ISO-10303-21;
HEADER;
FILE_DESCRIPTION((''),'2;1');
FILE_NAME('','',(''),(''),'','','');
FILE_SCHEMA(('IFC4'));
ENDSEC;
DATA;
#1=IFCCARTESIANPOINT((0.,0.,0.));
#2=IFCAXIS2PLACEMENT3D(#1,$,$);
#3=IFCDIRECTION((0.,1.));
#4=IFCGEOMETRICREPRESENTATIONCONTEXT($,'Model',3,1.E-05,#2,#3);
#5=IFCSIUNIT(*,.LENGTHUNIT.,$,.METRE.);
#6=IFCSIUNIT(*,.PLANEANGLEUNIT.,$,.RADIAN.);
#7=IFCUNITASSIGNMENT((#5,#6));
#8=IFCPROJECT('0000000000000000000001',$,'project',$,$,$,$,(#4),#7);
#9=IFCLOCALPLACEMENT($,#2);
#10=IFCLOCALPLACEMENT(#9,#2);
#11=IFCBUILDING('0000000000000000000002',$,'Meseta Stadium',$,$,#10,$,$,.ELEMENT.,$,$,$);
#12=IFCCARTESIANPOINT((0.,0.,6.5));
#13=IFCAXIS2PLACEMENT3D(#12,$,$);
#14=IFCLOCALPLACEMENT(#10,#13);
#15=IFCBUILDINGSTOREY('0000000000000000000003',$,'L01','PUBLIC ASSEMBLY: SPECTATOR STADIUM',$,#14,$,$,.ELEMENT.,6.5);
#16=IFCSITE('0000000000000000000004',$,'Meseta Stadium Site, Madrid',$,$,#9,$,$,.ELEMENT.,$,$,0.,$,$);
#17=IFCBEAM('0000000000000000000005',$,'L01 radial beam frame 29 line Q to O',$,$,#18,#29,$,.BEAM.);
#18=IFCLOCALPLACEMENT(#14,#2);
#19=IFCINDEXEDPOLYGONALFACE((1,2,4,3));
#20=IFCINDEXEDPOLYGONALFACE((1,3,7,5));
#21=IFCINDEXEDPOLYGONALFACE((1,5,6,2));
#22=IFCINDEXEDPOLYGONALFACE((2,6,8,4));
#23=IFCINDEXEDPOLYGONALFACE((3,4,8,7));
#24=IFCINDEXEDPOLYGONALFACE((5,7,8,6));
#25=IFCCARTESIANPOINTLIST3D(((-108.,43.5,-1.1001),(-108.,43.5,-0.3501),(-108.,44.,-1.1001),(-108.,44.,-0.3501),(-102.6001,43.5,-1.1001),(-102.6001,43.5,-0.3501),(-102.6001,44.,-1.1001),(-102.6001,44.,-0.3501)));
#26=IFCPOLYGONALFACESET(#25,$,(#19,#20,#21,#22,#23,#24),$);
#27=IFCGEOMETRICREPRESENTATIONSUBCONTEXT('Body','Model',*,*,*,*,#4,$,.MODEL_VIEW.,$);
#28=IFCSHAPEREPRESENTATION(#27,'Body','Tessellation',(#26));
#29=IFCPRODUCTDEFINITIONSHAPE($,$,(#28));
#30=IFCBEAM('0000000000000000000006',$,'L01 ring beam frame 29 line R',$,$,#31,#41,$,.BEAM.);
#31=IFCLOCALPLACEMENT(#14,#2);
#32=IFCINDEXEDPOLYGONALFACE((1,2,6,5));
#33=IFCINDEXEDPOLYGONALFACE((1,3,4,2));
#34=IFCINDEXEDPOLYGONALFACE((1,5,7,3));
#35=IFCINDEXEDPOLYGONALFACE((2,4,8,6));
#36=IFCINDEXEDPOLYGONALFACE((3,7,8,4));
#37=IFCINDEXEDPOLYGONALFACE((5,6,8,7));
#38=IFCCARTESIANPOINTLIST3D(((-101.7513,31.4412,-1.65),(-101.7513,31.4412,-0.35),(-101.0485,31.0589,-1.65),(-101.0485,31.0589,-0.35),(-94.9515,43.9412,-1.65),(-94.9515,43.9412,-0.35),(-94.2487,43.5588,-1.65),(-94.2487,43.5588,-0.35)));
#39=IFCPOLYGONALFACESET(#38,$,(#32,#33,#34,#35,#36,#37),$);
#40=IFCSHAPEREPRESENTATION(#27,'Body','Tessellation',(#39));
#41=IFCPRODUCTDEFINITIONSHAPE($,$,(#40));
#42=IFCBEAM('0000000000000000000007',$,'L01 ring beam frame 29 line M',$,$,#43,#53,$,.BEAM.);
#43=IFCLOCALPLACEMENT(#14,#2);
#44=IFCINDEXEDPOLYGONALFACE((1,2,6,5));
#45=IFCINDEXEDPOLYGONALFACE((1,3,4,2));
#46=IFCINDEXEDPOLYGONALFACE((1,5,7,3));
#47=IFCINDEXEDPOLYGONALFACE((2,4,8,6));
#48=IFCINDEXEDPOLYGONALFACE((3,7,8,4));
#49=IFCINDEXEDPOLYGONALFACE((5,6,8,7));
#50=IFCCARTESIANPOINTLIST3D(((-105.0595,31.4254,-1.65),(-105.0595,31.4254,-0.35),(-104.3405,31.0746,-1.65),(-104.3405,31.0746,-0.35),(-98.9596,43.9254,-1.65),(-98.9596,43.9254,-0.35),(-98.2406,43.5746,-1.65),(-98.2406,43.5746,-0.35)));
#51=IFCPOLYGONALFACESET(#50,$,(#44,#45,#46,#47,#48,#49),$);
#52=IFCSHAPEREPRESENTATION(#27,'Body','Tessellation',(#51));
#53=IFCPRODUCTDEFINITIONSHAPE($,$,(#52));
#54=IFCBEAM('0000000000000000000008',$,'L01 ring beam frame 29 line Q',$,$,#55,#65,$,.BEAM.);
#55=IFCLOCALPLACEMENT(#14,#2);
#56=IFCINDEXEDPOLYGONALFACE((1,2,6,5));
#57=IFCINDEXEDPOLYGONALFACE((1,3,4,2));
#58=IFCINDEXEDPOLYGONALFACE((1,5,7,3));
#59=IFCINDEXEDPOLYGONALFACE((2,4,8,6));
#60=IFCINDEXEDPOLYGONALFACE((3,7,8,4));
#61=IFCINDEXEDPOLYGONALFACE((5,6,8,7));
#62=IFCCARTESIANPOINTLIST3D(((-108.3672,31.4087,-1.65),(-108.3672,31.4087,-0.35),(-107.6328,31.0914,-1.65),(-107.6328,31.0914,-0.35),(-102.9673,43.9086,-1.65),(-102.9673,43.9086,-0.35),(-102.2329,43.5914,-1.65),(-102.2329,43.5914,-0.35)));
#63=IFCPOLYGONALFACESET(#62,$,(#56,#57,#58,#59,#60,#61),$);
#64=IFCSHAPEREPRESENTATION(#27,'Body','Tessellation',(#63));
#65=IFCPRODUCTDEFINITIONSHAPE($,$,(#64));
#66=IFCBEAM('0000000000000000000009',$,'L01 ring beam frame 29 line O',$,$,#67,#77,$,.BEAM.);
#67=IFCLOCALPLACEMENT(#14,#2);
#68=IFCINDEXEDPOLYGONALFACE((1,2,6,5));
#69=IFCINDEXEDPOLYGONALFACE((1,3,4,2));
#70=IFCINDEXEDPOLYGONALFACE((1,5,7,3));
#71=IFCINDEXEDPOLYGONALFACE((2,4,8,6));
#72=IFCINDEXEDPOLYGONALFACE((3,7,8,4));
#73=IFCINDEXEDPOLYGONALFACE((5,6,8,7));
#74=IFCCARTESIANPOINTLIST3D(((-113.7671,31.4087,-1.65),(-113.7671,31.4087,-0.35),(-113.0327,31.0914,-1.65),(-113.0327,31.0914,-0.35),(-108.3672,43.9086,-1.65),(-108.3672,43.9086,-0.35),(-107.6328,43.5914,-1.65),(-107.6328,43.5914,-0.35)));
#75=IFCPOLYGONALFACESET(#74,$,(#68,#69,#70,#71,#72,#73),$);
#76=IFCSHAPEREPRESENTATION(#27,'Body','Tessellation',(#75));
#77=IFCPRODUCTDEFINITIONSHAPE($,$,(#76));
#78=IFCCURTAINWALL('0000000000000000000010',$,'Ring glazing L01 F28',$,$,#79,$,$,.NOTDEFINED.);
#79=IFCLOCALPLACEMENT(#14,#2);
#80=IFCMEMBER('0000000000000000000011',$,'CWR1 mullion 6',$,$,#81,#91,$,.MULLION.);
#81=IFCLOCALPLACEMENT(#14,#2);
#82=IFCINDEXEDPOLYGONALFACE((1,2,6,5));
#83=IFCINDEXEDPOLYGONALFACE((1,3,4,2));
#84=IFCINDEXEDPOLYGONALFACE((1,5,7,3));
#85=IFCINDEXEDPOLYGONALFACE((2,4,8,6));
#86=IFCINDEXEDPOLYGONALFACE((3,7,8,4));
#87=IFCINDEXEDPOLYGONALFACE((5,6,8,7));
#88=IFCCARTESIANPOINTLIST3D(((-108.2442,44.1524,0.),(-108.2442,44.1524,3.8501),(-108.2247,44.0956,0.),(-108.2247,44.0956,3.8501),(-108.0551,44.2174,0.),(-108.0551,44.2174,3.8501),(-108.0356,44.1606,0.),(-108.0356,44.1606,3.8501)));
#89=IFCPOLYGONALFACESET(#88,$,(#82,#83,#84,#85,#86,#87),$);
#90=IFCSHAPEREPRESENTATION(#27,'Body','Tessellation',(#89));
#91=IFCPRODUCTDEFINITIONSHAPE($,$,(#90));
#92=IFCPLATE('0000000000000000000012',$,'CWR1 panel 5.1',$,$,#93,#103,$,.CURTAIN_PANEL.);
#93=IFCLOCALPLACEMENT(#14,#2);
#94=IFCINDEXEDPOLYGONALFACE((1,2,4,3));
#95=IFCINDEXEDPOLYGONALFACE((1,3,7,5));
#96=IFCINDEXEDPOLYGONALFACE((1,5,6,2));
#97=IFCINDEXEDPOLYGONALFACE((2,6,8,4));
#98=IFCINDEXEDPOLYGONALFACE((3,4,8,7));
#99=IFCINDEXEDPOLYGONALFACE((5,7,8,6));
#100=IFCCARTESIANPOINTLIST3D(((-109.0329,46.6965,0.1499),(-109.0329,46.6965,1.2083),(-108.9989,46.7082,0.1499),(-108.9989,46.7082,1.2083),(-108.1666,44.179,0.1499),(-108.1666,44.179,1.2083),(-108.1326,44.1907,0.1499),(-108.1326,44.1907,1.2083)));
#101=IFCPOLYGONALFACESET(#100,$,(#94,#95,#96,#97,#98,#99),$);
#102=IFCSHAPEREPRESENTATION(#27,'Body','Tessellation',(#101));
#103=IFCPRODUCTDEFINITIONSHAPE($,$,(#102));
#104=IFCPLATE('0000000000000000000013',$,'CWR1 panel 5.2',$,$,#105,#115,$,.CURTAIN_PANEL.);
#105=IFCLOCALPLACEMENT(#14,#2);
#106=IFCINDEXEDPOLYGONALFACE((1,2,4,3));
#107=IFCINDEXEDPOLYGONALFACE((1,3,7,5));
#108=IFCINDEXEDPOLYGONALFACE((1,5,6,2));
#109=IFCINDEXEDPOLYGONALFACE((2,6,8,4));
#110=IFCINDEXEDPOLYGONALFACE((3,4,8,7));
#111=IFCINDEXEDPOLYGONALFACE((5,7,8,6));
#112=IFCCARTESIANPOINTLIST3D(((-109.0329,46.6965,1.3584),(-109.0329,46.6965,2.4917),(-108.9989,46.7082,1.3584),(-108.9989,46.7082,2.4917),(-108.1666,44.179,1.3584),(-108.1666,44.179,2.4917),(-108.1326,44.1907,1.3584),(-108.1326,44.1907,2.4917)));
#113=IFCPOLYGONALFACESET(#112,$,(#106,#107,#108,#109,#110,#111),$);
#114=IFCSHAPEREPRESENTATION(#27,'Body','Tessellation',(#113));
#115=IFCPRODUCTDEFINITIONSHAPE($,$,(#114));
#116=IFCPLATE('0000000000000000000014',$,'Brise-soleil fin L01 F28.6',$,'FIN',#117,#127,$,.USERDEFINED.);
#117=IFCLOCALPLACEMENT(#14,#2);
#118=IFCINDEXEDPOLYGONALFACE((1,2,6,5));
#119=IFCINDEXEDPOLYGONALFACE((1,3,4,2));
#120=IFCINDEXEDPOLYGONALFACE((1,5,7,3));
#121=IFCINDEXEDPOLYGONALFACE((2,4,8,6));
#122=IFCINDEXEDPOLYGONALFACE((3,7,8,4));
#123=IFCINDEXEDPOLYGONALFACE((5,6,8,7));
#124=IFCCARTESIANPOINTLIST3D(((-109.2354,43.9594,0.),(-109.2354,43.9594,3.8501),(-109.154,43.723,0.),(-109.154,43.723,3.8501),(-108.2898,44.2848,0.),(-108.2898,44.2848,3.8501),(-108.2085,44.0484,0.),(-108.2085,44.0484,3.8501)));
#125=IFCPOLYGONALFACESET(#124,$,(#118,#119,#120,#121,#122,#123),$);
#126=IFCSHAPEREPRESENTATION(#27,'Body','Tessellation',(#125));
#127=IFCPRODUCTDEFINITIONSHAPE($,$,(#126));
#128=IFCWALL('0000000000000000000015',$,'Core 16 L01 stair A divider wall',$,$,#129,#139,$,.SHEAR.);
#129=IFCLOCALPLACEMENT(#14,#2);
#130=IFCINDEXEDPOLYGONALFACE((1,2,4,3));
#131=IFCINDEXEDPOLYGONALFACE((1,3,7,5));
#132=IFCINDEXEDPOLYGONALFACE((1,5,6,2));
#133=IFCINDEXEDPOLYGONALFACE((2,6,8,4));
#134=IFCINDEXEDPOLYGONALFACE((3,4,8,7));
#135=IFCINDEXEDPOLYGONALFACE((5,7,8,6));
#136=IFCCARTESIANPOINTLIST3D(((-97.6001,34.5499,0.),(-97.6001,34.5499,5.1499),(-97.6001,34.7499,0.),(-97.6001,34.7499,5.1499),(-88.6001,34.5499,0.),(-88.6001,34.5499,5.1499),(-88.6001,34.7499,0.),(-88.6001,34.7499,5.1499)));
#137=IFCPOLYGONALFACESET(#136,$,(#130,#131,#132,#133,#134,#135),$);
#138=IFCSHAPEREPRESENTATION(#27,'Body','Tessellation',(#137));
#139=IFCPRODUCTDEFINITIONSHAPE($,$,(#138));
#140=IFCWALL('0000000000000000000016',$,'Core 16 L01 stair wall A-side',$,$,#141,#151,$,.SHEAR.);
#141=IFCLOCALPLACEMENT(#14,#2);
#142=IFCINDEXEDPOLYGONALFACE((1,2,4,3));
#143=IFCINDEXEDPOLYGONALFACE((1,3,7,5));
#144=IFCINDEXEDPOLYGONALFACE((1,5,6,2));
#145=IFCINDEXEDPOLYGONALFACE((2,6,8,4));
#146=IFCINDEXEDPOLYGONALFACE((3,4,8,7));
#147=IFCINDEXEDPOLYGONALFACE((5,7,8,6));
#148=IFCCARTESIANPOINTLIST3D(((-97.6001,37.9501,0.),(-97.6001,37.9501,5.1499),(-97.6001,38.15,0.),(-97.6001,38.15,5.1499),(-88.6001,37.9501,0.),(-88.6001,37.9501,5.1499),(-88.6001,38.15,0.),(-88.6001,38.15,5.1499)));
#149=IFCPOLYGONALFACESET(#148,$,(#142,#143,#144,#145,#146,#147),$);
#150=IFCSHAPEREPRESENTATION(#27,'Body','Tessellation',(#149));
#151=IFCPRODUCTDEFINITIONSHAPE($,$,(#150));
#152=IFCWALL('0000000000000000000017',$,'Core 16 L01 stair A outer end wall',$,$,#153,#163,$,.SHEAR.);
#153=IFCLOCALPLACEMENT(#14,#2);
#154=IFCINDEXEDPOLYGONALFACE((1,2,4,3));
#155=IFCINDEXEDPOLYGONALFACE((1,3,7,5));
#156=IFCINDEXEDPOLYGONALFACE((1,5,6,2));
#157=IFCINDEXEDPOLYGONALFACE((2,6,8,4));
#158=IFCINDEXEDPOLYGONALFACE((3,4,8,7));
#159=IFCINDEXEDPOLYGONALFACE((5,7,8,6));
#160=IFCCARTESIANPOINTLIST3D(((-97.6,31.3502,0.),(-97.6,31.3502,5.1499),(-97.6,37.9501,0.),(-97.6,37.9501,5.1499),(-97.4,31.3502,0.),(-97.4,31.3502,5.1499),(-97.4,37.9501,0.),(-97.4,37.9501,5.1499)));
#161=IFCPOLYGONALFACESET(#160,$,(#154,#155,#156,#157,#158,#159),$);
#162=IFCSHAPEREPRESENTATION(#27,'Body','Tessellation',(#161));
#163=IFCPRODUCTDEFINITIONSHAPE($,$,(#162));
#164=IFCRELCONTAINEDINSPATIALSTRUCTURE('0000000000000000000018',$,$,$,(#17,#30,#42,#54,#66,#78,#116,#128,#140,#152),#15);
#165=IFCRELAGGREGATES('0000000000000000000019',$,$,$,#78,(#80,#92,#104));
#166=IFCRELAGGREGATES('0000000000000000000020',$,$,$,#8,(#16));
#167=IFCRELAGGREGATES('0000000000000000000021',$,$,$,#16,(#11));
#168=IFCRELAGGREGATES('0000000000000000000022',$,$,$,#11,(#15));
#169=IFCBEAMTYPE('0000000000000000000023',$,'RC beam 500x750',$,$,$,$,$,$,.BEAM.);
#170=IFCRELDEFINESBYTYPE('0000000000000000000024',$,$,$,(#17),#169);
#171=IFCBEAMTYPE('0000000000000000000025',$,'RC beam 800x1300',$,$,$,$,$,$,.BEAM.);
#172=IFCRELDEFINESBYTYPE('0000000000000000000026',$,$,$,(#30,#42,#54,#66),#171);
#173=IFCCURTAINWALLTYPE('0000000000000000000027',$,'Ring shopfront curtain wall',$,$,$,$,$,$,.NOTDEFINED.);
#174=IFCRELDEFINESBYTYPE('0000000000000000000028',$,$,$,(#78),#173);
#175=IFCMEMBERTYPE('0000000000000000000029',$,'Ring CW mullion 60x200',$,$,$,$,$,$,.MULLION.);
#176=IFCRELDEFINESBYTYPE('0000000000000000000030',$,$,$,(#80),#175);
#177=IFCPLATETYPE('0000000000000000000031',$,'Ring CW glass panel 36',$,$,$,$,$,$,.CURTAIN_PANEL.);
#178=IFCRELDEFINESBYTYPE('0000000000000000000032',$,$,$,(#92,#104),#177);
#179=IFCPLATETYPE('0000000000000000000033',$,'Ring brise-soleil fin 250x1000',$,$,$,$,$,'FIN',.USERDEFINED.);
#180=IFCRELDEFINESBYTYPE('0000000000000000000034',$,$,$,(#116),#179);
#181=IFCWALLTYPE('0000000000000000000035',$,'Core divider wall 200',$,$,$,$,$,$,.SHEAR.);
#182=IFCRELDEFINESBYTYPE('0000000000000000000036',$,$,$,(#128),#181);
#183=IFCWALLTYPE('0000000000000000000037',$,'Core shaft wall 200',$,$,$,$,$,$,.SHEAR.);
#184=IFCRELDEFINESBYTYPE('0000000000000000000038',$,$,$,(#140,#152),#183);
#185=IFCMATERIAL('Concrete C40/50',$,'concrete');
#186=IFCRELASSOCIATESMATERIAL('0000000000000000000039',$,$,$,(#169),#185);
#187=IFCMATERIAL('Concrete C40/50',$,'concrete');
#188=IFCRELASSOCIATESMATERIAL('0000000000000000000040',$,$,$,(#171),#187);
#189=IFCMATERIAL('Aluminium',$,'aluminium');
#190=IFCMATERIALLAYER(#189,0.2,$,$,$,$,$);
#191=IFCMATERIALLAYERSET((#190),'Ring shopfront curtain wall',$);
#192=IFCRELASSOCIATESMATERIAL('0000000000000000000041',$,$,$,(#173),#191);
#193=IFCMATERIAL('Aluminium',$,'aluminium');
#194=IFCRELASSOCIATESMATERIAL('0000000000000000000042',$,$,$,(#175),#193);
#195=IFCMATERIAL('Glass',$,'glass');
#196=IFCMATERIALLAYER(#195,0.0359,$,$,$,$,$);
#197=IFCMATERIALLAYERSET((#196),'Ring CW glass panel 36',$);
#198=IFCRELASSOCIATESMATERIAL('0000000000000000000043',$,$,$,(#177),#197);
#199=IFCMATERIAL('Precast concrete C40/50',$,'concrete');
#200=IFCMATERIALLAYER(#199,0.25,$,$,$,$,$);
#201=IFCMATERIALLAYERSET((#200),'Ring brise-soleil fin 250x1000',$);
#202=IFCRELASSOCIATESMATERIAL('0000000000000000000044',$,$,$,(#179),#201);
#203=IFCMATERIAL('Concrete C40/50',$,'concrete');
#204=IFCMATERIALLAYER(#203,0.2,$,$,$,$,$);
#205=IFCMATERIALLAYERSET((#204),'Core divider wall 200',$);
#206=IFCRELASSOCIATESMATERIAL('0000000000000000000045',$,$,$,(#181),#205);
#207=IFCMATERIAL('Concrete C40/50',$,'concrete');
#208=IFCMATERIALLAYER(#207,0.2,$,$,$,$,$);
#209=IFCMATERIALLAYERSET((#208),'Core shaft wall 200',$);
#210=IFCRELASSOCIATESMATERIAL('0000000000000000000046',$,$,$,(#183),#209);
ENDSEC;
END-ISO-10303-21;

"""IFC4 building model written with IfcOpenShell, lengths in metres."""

from ifc_helpers import new_model, si_unit, direction, frame, frame_2d, origin, origin_2d, place, context, subcontext, project, spatial, rectangle, extrude, material, layer, layer_set, material_profile, profile_set, type_object, element, aggregate, save


model = new_model("IFC4")

# Units and contexts
model_context = context("Model", 3, precision=1e-05, world=origin(), true_north=direction((0.0, 1.0)))
body_context = subcontext(model_context, "Body", "Model", "MODEL_VIEW")
ifc_project = project(units=[si_unit("LENGTHUNIT", "METRE"), si_unit("PLANEANGLEUNIT", "RADIAN")], contexts=[model_context])

# Site, building, storey
site_placement = place(None, origin())
site = spatial("IfcSite", under=ifc_project, at=site_placement, Name="Meseta Stadium Site, Madrid", CompositionType="ELEMENT", RefElevation=0.0)
building_placement = place(site_placement, origin())
building = spatial("IfcBuilding", under=site, at=building_placement, Name="Meseta Stadium", CompositionType="ELEMENT")
storey_placement = place(building_placement, frame((0.0, 0.0, 6.5)))
storey = spatial("IfcBuildingStorey", under=building, at=storey_placement, Name="L01", Description="PUBLIC ASSEMBLY: SPECTATOR STADIUM", CompositionType="ELEMENT", Elevation=6.5)

# Beams
ifc_material_1 = material(Name="Concrete C40/50", Category="concrete")
ifc_material_profile_1 = material_profile(ifc_material_1, rectangle(XDim=0.5, YDim=0.75, at=origin_2d()), Name="RC 500x750")
ifc_profile_set_1 = profile_set([ifc_material_profile_1], Name="Concrete C40/50")
beam_type_1 = type_object("IfcBeamType", Name="RC beam 500x750", PredefinedType="BEAM", material=ifc_profile_set_1)
beam_1_placement = place(storey_placement, frame((-102.6001, 43.75, -0.7251), z_axis=(-1.0, 0.0, 0.0), x_axis=(0.0, -1.0, 0.0)))
element("IfcBeam", 1, at=beam_1_placement, inside=storey, type_object=beam_type_1, Name="L01 radial beam frame 29 line Q to O", PredefinedType="BEAM", context=body_context, shape_type="SweptSolid", body=[
    extrude(rectangle(XDim=0.5, YDim=0.75, at=origin_2d()), origin(), (0.0, 0.0, 1.0), 5.3999),
])
ifc_material_2 = material(Name="Concrete C40/50", Category="concrete")
ifc_material_profile_2 = material_profile(ifc_material_2, rectangle(XDim=0.8, YDim=1.3, at=origin_2d()), Name="RC 800x1300")
ifc_profile_set_2 = profile_set([ifc_material_profile_2], Name="Concrete C40/50")
beam_type_2 = type_object("IfcBeamType", Name="RC beam 800x1300", PredefinedType="BEAM", material=ifc_profile_set_2)
beam_2_placement = place(storey_placement, frame((-94.6001, 43.75, -1.0), z_axis=(-0.477856, -0.878438, 0.0), x_axis=(0.878438, -0.477856, 0.0)))
element("IfcBeam", 2, at=beam_2_placement, inside=storey, type_object=beam_type_2, Name="L01 ring beam frame 29 line R", PredefinedType="BEAM", context=body_context, shape_type="SweptSolid", body=[
    extrude(rectangle(XDim=0.8, YDim=1.3, at=origin_2d()), origin(), (0.0, 0.0, 1.0), 14.2297),
])
beam_3_placement = place(storey_placement, frame((-98.6001, 43.75, -1.0), z_axis=(-0.438557, -0.898703, 0.0), x_axis=(0.898703, -0.438557, 0.0)))
element("IfcBeam", 3, at=beam_3_placement, inside=storey, type_object=beam_type_2, Name="L01 ring beam frame 29 line M", PredefinedType="BEAM", context=body_context, shape_type="SweptSolid", body=[
    extrude(rectangle(XDim=0.8, YDim=1.3, at=origin_2d()), origin(), (0.0, 0.0, 1.0), 13.9089),
])
for number, where, z_axis, x_axis, name in (
    (4, (-102.6001, 43.75, -1.0), (-0.396571, -0.918004, 0.0), (0.918004, -0.396571, 0.0), "L01 ring beam frame 29 line Q"),
    (5, (-108.0, 43.75, -1.0), (-0.396571, -0.918004, 0.0), (0.918004, -0.396571, 0.0), "L01 ring beam frame 29 line O"),
):
    element("IfcBeam", number, at=place(storey_placement, frame(where, z_axis=z_axis, x_axis=x_axis)), inside=storey, type_object=beam_type_2, Name=name, PredefinedType="BEAM", context=body_context, shape_type="SweptSolid", body=[
        extrude(rectangle(XDim=0.8, YDim=1.3, at=origin_2d()), origin(), (0.0, 0.0, 1.0), 13.6165),
    ])

# Curtain wall, member, plates
ifc_material_3 = material(Name="Aluminium", Category="aluminium")
ifc_layer_1 = layer(ifc_material_3, 0.2)
ifc_layer_set_1 = layer_set([ifc_layer_1], Name="Ring shopfront curtain wall")
curtain_wall_type = type_object("IfcCurtainWallType", Name="Ring shopfront curtain wall", PredefinedType="NOTDEFINED", material=ifc_layer_set_1)
curtain_wall_placement = place(storey_placement, origin())
curtain_wall = element("IfcCurtainWall", 6, at=curtain_wall_placement, inside=storey, type_object=curtain_wall_type, Name="Ring glazing L01 F28", PredefinedType="NOTDEFINED")
ifc_material_4 = material(Name="Aluminium", Category="aluminium")
ifc_material_profile_3 = material_profile(ifc_material_4, rectangle(XDim=0.2, YDim=0.0601, at=origin_2d()), Name="CW 200x60")
ifc_profile_set_3 = profile_set([ifc_material_profile_3], Name="Aluminium")
member_type = type_object("IfcMemberType", Name="Ring CW mullion 60x200", PredefinedType="MULLION", material=ifc_profile_set_3)
member_placement = place(storey_placement, frame((-108.1399, 44.1565, 0.0), z_axis=(0.0, 0.0, 1.0), x_axis=(0.945581, 0.325386, 0.0)))
member = element("IfcMember", 7, at=member_placement, type_object=member_type, Name="CWR1 mullion 6", PredefinedType="MULLION", context=body_context, shape_type="SweptSolid", body=[
    extrude(rectangle(XDim=0.2, YDim=0.0601, at=origin_2d()), origin(), (0.0, 0.0, 1.0), 3.8501),
])
ifc_material_5 = material(Name="Glass", Category="glass")
ifc_layer_2 = layer(ifc_material_5, 0.0359)
ifc_layer_set_2 = layer_set([ifc_layer_2], Name="Ring CW glass panel 36")
plate_type_1 = type_object("IfcPlateType", Name="Ring CW glass panel 36", PredefinedType="CURTAIN_PANEL", material=ifc_layer_set_2)
plate_1_placement = place(storey_placement, frame((-108.5828, 45.4436, 0.1499), z_axis=(0.0, 0.0, 1.0), x_axis=(0.325386, -0.945581, 0.0)))
plate_1 = element("IfcPlate", 8, at=plate_1_placement, type_object=plate_type_1, Name="CWR1 panel 5.1", PredefinedType="CURTAIN_PANEL", context=body_context, shape_type="SweptSolid", body=[
    extrude(rectangle(XDim=2.6624, YDim=0.0359, at=origin_2d()), origin(), (0.0, 0.0, 1.0), 1.0583),
])
plate_2_placement = place(storey_placement, frame((-108.5828, 45.4436, 1.3584), z_axis=(0.0, 0.0, 1.0), x_axis=(0.325386, -0.945581, 0.0)))
plate_2 = element("IfcPlate", 9, at=plate_2_placement, type_object=plate_type_1, Name="CWR1 panel 5.2", PredefinedType="CURTAIN_PANEL", context=body_context, shape_type="SweptSolid", body=[
    extrude(rectangle(XDim=2.6624, YDim=0.0359, at=origin_2d()), origin(), (0.0, 0.0, 1.0), 1.1333),
])
aggregate(curtain_wall, [member, plate_1, plate_2])

# Plate
ifc_material_6 = material(Name="Precast concrete C40/50", Category="concrete")
ifc_layer_3 = layer(ifc_material_6, 0.25)
ifc_layer_set_3 = layer_set([ifc_layer_3], Name="Ring brise-soleil fin 250x1000")
plate_type_2 = type_object("IfcPlateType", Name="Ring brise-soleil fin 250x1000", ElementType="FIN", PredefinedType="USERDEFINED", material=ifc_layer_set_3)
plate_3_placement = place(storey_placement, frame((-108.7219, 44.0039, 0.0), z_axis=(0.0, 0.0, 1.0), x_axis=(0.325393, -0.945579, 0.0)))
element("IfcPlate", 10, at=plate_3_placement, inside=storey, type_object=plate_type_2, Name="Brise-soleil fin L01 F28.6", ObjectType="FIN", PredefinedType="USERDEFINED", context=body_context, shape_type="SweptSolid", body=[
    extrude(rectangle(XDim=0.25, YDim=1.0, at=origin_2d()), origin(), (0.0, 0.0, 1.0), 3.8501),
])

# Walls
ifc_material_7 = material(Name="Concrete C40/50", Category="concrete")
ifc_layer_4 = layer(ifc_material_7, 0.2)
ifc_layer_set_4 = layer_set([ifc_layer_4], Name="Core divider wall 200")
wall_type_1 = type_object("IfcWallType", Name="Core divider wall 200", PredefinedType="SHEAR", material=ifc_layer_set_4)
wall_1_placement = place(storey_placement, frame((-97.6001, 34.6499, 0.0), z_axis=(0.0, 0.0, 1.0), x_axis=(1.0, 0.0, 0.0)))
element("IfcWall", 11, at=wall_1_placement, inside=storey, type_object=wall_type_1, Name="Core 16 L01 stair A divider wall", PredefinedType="SHEAR", context=body_context, shape_type="SweptSolid", body=[
    extrude(rectangle(XDim=9.0, YDim=0.2, at=frame_2d((4.5, 0.0))), origin(), (0.0, 0.0, 1.0), 5.1499),
])
ifc_material_8 = material(Name="Concrete C40/50", Category="concrete")
ifc_layer_5 = layer(ifc_material_8, 0.2)
ifc_layer_set_5 = layer_set([ifc_layer_5], Name="Core shaft wall 200")
wall_type_2 = type_object("IfcWallType", Name="Core shaft wall 200", PredefinedType="SHEAR", material=ifc_layer_set_5)
wall_2_placement = place(storey_placement, frame((-97.6001, 38.05, 0.0), z_axis=(0.0, 0.0, 1.0), x_axis=(1.0, 0.0, 0.0)))
element("IfcWall", 12, at=wall_2_placement, inside=storey, type_object=wall_type_2, Name="Core 16 L01 stair wall A-side", PredefinedType="SHEAR", context=body_context, shape_type="SweptSolid", body=[
    extrude(rectangle(XDim=9.0, YDim=0.2, at=frame_2d((4.5, 0.0))), origin(), (0.0, 0.0, 1.0), 5.1499),
])
wall_3_placement = place(storey_placement, frame((-97.5, 37.95, 0.0), z_axis=(0.0, 0.0, 1.0), x_axis=(0.0, -1.0, 0.0)))
element("IfcWall", 13, at=wall_3_placement, inside=storey, type_object=wall_type_2, Name="Core 16 L01 stair A outer end wall", PredefinedType="SHEAR", context=body_context, shape_type="SweptSolid", body=[
    extrude(rectangle(XDim=6.5999, YDim=0.2, at=frame_2d((3.2998, 0.0))), origin(), (0.0, 0.0, 1.0), 5.1499),
])

save(model, "model.ifc")
